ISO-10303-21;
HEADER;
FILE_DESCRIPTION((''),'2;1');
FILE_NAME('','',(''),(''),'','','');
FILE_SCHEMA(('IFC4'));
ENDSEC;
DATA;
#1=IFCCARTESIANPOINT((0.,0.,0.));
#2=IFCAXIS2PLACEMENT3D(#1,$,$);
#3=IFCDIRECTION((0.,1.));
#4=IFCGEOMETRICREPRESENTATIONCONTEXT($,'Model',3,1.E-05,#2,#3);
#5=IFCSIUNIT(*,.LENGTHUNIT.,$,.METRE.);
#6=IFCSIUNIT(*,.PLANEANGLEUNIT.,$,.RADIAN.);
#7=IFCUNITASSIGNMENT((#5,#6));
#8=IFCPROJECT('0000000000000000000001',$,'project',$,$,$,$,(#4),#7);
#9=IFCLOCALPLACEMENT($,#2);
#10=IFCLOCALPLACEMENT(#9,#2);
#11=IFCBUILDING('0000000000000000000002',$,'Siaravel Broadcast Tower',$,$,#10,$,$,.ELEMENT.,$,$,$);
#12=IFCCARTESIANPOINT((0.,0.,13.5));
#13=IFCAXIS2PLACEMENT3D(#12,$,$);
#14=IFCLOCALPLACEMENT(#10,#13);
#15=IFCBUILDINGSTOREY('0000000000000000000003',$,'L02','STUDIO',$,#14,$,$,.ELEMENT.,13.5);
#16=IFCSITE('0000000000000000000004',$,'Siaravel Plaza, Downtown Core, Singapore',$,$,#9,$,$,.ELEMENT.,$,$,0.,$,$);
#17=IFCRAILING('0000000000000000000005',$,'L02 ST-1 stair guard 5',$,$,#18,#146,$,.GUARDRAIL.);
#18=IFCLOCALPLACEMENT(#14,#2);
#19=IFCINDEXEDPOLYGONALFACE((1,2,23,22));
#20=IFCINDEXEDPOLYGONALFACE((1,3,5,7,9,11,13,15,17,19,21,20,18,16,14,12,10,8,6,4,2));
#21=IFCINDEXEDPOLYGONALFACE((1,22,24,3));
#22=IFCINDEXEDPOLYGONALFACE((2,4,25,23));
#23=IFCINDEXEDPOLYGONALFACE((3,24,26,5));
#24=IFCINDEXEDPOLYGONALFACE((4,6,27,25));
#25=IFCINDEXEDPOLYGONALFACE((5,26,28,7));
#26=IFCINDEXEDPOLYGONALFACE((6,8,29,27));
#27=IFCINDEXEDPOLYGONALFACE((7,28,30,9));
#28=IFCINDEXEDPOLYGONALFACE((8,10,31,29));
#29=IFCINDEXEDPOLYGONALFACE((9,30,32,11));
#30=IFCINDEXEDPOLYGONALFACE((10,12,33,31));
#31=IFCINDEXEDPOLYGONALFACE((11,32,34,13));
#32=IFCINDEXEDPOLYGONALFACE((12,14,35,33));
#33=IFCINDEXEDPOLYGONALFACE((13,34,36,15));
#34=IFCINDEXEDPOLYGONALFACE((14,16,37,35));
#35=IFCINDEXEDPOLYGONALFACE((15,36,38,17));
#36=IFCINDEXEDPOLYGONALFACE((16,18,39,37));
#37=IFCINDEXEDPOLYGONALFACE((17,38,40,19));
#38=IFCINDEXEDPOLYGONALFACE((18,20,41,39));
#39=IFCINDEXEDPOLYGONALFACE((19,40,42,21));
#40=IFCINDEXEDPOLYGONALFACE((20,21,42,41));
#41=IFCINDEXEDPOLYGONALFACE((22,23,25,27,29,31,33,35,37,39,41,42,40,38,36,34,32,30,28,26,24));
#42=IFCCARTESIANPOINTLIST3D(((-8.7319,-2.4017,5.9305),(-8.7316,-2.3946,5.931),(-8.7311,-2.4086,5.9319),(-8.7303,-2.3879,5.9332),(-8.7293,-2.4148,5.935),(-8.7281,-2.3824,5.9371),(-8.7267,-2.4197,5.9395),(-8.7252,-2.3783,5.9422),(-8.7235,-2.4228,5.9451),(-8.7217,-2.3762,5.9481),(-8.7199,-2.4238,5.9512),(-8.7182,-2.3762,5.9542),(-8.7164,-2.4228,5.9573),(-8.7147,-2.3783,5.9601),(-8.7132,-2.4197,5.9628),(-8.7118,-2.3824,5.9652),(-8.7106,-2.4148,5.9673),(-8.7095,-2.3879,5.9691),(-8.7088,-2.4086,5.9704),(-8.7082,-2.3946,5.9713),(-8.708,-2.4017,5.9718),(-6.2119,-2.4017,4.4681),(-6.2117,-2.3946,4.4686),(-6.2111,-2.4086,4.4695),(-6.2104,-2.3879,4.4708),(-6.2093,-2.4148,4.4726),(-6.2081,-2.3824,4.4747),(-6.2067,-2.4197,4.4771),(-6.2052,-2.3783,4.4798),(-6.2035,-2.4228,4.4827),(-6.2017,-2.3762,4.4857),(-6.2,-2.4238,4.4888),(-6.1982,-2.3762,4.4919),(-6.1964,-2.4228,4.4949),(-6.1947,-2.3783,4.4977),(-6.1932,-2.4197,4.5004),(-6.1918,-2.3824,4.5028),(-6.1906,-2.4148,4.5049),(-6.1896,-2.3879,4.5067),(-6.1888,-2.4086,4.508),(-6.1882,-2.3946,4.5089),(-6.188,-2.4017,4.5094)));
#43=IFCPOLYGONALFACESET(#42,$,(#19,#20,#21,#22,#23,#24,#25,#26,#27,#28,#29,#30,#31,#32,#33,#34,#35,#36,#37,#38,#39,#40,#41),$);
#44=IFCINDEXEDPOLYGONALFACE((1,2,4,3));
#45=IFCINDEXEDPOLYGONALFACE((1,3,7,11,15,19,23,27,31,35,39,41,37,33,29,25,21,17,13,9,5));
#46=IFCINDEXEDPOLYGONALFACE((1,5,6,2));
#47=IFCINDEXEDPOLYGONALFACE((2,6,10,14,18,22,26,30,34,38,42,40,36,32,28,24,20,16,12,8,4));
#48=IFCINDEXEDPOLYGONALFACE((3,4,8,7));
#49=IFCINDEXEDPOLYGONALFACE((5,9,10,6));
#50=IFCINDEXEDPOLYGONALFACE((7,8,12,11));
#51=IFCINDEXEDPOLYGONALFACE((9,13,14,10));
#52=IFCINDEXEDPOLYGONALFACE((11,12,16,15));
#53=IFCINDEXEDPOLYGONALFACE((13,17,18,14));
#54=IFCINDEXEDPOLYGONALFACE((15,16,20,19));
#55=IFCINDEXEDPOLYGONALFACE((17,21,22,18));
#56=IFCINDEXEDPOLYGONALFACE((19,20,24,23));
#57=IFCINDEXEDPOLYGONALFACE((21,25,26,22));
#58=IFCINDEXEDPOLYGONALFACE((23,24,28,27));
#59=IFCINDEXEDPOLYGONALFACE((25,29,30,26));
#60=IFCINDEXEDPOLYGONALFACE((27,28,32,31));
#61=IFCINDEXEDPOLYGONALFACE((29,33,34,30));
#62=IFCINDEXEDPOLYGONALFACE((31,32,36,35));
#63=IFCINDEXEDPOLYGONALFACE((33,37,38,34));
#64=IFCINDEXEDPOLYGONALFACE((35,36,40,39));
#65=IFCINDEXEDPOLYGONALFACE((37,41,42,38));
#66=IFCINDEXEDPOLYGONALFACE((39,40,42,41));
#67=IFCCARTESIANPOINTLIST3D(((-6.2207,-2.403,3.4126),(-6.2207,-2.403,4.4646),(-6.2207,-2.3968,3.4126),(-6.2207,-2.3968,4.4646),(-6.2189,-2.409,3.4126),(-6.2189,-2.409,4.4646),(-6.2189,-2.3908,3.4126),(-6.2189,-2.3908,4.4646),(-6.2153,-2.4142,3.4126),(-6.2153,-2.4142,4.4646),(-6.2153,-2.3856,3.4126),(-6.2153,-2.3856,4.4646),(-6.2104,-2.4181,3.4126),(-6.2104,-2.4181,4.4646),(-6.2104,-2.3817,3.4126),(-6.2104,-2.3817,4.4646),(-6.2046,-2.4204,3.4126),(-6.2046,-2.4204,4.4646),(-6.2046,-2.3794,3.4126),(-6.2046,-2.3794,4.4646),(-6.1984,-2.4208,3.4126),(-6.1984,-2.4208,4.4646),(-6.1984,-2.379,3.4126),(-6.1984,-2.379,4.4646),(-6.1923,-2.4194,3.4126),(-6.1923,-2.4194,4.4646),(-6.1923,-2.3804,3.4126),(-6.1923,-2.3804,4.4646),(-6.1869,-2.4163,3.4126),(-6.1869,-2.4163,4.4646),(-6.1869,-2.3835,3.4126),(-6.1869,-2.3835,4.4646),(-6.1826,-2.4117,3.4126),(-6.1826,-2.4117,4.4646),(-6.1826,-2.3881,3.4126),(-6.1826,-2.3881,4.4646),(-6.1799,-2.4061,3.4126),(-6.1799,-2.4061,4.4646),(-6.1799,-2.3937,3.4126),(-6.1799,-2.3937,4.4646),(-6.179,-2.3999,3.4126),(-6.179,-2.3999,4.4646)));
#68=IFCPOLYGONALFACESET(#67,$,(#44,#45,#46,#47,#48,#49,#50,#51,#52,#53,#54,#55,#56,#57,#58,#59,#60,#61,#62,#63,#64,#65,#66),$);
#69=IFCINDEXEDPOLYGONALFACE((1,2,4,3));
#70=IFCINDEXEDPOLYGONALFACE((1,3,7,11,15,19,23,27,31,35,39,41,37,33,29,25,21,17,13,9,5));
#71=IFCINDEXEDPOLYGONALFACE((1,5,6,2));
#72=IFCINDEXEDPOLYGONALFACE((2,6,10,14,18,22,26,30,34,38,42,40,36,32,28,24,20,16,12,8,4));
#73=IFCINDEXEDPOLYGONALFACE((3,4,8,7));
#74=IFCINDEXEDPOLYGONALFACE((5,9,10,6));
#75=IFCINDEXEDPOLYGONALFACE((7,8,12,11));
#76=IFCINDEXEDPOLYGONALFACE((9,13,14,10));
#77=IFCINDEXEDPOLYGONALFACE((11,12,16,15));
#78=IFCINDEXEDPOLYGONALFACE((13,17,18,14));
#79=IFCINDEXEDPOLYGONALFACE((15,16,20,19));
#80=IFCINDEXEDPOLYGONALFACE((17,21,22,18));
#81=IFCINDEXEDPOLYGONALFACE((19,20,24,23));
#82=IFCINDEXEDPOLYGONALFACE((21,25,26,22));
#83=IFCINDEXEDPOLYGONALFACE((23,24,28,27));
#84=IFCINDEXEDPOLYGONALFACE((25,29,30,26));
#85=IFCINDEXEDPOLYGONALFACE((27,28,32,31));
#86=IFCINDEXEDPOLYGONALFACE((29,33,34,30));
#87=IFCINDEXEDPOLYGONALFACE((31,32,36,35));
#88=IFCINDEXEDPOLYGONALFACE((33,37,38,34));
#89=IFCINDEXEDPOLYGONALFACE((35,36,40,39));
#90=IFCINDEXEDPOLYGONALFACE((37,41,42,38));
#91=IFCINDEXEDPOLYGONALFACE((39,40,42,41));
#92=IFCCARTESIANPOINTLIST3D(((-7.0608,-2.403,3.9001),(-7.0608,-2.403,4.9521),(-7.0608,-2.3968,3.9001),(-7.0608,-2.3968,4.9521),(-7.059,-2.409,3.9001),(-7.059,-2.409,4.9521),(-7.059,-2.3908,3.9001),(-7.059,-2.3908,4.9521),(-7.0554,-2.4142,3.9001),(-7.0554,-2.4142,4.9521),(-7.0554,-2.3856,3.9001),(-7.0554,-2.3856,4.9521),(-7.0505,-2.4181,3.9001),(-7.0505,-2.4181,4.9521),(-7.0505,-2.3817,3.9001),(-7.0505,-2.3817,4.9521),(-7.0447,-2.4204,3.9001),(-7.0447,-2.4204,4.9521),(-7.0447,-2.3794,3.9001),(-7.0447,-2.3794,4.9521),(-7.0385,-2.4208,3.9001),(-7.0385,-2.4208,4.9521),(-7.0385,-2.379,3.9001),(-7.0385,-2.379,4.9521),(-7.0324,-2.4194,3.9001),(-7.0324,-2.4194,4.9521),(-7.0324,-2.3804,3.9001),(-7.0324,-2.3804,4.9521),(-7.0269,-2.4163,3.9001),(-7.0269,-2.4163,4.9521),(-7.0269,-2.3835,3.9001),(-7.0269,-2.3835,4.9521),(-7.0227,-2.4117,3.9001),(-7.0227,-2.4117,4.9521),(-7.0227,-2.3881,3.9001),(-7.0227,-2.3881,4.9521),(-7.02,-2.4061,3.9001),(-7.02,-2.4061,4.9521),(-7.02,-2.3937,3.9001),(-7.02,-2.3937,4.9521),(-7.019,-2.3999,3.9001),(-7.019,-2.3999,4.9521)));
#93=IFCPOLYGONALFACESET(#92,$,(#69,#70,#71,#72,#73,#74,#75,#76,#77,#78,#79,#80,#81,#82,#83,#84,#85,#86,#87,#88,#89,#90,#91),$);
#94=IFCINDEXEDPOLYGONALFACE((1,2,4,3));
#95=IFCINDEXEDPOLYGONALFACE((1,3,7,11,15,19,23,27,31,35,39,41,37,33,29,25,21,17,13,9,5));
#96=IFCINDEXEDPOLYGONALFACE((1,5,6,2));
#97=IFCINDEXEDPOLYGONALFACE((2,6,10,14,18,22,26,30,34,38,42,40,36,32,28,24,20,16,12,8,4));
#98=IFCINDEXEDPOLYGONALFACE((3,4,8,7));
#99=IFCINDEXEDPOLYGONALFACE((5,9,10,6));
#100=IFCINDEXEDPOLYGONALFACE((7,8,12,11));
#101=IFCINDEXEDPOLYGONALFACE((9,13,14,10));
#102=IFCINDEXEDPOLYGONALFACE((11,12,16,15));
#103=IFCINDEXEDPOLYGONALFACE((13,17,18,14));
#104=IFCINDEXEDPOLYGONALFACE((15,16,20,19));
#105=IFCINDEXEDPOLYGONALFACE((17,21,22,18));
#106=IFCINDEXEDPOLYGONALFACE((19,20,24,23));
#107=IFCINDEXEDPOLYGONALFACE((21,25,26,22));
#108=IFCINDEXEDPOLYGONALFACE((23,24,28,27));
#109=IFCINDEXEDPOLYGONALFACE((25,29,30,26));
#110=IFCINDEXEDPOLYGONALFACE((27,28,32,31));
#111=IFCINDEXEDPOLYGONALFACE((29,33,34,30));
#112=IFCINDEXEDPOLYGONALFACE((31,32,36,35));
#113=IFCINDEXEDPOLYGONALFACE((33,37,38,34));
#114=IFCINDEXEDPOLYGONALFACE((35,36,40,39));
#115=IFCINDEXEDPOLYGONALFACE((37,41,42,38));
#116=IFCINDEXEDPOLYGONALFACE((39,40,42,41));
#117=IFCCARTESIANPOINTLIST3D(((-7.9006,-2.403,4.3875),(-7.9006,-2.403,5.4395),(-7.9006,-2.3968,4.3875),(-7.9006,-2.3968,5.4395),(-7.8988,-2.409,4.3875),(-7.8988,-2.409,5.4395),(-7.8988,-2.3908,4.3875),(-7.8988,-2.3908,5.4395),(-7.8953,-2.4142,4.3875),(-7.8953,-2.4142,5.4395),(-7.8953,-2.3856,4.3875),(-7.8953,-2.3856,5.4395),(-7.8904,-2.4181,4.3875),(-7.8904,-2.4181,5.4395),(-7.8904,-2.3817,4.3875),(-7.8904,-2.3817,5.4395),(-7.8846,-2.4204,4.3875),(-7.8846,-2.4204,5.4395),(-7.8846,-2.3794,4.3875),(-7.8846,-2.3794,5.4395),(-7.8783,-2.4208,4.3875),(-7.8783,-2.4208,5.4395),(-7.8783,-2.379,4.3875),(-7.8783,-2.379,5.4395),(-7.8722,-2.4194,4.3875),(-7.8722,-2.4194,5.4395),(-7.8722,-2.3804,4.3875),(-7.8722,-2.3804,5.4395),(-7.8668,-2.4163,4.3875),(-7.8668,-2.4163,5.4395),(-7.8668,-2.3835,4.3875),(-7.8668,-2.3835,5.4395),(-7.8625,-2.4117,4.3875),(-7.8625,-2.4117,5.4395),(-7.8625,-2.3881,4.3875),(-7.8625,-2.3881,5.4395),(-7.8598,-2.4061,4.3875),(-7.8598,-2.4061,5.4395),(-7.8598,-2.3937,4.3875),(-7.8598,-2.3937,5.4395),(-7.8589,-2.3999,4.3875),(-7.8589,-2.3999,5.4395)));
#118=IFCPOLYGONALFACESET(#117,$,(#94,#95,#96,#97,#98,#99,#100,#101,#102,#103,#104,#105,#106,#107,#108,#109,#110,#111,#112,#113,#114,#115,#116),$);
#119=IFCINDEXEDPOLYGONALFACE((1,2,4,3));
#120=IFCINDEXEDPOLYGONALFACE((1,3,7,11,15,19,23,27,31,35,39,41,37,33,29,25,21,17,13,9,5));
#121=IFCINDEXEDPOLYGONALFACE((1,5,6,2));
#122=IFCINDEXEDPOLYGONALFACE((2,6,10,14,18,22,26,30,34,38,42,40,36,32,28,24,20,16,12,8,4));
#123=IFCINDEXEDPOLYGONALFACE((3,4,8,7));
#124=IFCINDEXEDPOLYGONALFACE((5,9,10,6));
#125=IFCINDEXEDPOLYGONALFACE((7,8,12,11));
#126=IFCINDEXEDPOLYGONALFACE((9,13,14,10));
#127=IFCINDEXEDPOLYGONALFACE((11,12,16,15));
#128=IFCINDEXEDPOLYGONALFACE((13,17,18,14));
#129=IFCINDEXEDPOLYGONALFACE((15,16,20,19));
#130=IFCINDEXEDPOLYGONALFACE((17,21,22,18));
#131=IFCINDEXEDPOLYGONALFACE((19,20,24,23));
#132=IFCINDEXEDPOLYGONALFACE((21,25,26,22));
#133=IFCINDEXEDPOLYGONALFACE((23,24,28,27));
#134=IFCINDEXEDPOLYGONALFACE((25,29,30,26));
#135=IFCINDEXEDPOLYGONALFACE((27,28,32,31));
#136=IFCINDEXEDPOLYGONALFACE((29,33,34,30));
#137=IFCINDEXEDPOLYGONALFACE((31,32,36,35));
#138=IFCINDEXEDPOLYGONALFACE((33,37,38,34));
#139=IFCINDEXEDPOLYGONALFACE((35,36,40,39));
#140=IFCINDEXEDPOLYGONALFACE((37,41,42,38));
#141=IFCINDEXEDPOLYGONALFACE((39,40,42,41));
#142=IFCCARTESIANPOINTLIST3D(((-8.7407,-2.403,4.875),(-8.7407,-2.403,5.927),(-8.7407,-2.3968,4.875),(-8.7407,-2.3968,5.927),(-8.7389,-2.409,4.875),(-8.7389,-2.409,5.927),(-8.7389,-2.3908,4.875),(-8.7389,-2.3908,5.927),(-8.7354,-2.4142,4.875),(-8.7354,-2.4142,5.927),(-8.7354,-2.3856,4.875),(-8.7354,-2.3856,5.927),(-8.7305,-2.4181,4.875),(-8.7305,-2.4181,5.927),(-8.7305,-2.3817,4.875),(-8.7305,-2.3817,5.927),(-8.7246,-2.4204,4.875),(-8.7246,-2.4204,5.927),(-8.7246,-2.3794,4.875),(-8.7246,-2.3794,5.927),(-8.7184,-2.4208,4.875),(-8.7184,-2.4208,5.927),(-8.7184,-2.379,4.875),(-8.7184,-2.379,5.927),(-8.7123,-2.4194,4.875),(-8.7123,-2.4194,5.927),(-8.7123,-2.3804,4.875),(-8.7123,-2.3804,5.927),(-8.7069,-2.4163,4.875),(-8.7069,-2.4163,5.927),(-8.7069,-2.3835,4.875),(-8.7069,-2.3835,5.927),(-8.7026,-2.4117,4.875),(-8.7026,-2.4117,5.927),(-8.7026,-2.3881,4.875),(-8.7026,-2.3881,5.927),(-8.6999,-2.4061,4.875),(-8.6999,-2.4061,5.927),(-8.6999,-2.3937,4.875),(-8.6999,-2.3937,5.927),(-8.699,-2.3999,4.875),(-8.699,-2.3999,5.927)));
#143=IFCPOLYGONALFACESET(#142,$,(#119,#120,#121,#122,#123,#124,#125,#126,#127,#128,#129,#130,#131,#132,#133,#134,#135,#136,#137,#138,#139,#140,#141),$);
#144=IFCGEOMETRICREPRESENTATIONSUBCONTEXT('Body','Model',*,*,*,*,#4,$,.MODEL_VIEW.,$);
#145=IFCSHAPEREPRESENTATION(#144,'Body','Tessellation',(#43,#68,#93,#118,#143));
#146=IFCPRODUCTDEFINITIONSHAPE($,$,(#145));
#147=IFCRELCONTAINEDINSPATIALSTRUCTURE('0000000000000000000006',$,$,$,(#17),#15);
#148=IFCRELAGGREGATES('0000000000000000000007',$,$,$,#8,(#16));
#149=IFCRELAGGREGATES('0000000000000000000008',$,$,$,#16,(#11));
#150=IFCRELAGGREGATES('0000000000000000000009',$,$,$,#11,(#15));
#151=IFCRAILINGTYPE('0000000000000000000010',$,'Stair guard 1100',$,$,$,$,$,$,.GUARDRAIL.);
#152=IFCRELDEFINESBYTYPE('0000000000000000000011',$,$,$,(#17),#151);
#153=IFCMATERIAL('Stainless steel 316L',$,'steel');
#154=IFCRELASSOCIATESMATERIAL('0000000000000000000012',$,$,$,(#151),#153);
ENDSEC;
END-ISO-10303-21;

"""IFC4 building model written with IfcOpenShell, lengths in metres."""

from ifc_helpers import new_model, si_unit, direction, frame, origin, origin_2d, place, context, subcontext, project, spatial, circle, extrude, material, type_object, element, save


model = new_model("IFC4")

# Units and contexts
model_context = context("Model", 3, precision=1e-05, world=origin(), true_north=direction((0.0, 1.0)))
body_context = subcontext(model_context, "Body", "Model", "MODEL_VIEW")
ifc_project = project(units=[si_unit("LENGTHUNIT", "METRE"), si_unit("PLANEANGLEUNIT", "RADIAN")], contexts=[model_context])

# Site, building, storey
site_placement = place(None, origin())
site = spatial("IfcSite", under=ifc_project, at=site_placement, Name="Siaravel Plaza, Downtown Core, Singapore", CompositionType="ELEMENT", RefElevation=0.0)
building_placement = place(site_placement, origin())
building = spatial("IfcBuilding", under=site, at=building_placement, Name="Siaravel Broadcast Tower", CompositionType="ELEMENT")
storey_placement = place(building_placement, frame((0.0, 0.0, 13.5)))
storey = spatial("IfcBuildingStorey", under=building, at=storey_placement, Name="L02", Description="STUDIO", CompositionType="ELEMENT", Elevation=13.5)

# Shared definitions
ifc_material_1 = material(Name="Stainless steel 316L", Category="steel")

# Railing
railing_type_1 = type_object("IfcRailingType", Name="Stair guard 1100", PredefinedType="GUARDRAIL", material=ifc_material_1)
railing_placement = place(storey_placement, frame((-6.2, -2.3999, 3.4126)))
element("IfcRailing", 1, at=railing_placement, inside=storey, type_object=railing_type_1, Name="L02 ST-1 stair guard 5", PredefinedType="GUARDRAIL", context=body_context, shape_type="SweptSolid", body=[
    extrude(circle(Radius=0.0239, at=origin_2d()), frame((0.0, 0.0, 1.0762), z_axis=(-0.864913, 0.0, 0.501921), x_axis=(0.0, -1.0, 0.0)), (0.0, 0.0, 1.0), 2.9136),
    extrude(circle(Radius=0.021, at=origin_2d()), origin(), (0.0, 0.0, 1.0), 1.052),
    extrude(circle(Radius=0.021, at=origin_2d()), frame((-0.8401, 0.0, 0.4875)), (0.0, 0.0, 1.0), 1.052),
    extrude(circle(Radius=0.021, at=origin_2d()), frame((-1.6799, 0.0, 0.9749)), (0.0, 0.0, 1.0), 1.052),
    extrude(circle(Radius=0.021, at=origin_2d()), frame((-2.52, 0.0, 1.4624)), (0.0, 0.0, 1.0), 1.052),
])

save(model, "model.ifc")
